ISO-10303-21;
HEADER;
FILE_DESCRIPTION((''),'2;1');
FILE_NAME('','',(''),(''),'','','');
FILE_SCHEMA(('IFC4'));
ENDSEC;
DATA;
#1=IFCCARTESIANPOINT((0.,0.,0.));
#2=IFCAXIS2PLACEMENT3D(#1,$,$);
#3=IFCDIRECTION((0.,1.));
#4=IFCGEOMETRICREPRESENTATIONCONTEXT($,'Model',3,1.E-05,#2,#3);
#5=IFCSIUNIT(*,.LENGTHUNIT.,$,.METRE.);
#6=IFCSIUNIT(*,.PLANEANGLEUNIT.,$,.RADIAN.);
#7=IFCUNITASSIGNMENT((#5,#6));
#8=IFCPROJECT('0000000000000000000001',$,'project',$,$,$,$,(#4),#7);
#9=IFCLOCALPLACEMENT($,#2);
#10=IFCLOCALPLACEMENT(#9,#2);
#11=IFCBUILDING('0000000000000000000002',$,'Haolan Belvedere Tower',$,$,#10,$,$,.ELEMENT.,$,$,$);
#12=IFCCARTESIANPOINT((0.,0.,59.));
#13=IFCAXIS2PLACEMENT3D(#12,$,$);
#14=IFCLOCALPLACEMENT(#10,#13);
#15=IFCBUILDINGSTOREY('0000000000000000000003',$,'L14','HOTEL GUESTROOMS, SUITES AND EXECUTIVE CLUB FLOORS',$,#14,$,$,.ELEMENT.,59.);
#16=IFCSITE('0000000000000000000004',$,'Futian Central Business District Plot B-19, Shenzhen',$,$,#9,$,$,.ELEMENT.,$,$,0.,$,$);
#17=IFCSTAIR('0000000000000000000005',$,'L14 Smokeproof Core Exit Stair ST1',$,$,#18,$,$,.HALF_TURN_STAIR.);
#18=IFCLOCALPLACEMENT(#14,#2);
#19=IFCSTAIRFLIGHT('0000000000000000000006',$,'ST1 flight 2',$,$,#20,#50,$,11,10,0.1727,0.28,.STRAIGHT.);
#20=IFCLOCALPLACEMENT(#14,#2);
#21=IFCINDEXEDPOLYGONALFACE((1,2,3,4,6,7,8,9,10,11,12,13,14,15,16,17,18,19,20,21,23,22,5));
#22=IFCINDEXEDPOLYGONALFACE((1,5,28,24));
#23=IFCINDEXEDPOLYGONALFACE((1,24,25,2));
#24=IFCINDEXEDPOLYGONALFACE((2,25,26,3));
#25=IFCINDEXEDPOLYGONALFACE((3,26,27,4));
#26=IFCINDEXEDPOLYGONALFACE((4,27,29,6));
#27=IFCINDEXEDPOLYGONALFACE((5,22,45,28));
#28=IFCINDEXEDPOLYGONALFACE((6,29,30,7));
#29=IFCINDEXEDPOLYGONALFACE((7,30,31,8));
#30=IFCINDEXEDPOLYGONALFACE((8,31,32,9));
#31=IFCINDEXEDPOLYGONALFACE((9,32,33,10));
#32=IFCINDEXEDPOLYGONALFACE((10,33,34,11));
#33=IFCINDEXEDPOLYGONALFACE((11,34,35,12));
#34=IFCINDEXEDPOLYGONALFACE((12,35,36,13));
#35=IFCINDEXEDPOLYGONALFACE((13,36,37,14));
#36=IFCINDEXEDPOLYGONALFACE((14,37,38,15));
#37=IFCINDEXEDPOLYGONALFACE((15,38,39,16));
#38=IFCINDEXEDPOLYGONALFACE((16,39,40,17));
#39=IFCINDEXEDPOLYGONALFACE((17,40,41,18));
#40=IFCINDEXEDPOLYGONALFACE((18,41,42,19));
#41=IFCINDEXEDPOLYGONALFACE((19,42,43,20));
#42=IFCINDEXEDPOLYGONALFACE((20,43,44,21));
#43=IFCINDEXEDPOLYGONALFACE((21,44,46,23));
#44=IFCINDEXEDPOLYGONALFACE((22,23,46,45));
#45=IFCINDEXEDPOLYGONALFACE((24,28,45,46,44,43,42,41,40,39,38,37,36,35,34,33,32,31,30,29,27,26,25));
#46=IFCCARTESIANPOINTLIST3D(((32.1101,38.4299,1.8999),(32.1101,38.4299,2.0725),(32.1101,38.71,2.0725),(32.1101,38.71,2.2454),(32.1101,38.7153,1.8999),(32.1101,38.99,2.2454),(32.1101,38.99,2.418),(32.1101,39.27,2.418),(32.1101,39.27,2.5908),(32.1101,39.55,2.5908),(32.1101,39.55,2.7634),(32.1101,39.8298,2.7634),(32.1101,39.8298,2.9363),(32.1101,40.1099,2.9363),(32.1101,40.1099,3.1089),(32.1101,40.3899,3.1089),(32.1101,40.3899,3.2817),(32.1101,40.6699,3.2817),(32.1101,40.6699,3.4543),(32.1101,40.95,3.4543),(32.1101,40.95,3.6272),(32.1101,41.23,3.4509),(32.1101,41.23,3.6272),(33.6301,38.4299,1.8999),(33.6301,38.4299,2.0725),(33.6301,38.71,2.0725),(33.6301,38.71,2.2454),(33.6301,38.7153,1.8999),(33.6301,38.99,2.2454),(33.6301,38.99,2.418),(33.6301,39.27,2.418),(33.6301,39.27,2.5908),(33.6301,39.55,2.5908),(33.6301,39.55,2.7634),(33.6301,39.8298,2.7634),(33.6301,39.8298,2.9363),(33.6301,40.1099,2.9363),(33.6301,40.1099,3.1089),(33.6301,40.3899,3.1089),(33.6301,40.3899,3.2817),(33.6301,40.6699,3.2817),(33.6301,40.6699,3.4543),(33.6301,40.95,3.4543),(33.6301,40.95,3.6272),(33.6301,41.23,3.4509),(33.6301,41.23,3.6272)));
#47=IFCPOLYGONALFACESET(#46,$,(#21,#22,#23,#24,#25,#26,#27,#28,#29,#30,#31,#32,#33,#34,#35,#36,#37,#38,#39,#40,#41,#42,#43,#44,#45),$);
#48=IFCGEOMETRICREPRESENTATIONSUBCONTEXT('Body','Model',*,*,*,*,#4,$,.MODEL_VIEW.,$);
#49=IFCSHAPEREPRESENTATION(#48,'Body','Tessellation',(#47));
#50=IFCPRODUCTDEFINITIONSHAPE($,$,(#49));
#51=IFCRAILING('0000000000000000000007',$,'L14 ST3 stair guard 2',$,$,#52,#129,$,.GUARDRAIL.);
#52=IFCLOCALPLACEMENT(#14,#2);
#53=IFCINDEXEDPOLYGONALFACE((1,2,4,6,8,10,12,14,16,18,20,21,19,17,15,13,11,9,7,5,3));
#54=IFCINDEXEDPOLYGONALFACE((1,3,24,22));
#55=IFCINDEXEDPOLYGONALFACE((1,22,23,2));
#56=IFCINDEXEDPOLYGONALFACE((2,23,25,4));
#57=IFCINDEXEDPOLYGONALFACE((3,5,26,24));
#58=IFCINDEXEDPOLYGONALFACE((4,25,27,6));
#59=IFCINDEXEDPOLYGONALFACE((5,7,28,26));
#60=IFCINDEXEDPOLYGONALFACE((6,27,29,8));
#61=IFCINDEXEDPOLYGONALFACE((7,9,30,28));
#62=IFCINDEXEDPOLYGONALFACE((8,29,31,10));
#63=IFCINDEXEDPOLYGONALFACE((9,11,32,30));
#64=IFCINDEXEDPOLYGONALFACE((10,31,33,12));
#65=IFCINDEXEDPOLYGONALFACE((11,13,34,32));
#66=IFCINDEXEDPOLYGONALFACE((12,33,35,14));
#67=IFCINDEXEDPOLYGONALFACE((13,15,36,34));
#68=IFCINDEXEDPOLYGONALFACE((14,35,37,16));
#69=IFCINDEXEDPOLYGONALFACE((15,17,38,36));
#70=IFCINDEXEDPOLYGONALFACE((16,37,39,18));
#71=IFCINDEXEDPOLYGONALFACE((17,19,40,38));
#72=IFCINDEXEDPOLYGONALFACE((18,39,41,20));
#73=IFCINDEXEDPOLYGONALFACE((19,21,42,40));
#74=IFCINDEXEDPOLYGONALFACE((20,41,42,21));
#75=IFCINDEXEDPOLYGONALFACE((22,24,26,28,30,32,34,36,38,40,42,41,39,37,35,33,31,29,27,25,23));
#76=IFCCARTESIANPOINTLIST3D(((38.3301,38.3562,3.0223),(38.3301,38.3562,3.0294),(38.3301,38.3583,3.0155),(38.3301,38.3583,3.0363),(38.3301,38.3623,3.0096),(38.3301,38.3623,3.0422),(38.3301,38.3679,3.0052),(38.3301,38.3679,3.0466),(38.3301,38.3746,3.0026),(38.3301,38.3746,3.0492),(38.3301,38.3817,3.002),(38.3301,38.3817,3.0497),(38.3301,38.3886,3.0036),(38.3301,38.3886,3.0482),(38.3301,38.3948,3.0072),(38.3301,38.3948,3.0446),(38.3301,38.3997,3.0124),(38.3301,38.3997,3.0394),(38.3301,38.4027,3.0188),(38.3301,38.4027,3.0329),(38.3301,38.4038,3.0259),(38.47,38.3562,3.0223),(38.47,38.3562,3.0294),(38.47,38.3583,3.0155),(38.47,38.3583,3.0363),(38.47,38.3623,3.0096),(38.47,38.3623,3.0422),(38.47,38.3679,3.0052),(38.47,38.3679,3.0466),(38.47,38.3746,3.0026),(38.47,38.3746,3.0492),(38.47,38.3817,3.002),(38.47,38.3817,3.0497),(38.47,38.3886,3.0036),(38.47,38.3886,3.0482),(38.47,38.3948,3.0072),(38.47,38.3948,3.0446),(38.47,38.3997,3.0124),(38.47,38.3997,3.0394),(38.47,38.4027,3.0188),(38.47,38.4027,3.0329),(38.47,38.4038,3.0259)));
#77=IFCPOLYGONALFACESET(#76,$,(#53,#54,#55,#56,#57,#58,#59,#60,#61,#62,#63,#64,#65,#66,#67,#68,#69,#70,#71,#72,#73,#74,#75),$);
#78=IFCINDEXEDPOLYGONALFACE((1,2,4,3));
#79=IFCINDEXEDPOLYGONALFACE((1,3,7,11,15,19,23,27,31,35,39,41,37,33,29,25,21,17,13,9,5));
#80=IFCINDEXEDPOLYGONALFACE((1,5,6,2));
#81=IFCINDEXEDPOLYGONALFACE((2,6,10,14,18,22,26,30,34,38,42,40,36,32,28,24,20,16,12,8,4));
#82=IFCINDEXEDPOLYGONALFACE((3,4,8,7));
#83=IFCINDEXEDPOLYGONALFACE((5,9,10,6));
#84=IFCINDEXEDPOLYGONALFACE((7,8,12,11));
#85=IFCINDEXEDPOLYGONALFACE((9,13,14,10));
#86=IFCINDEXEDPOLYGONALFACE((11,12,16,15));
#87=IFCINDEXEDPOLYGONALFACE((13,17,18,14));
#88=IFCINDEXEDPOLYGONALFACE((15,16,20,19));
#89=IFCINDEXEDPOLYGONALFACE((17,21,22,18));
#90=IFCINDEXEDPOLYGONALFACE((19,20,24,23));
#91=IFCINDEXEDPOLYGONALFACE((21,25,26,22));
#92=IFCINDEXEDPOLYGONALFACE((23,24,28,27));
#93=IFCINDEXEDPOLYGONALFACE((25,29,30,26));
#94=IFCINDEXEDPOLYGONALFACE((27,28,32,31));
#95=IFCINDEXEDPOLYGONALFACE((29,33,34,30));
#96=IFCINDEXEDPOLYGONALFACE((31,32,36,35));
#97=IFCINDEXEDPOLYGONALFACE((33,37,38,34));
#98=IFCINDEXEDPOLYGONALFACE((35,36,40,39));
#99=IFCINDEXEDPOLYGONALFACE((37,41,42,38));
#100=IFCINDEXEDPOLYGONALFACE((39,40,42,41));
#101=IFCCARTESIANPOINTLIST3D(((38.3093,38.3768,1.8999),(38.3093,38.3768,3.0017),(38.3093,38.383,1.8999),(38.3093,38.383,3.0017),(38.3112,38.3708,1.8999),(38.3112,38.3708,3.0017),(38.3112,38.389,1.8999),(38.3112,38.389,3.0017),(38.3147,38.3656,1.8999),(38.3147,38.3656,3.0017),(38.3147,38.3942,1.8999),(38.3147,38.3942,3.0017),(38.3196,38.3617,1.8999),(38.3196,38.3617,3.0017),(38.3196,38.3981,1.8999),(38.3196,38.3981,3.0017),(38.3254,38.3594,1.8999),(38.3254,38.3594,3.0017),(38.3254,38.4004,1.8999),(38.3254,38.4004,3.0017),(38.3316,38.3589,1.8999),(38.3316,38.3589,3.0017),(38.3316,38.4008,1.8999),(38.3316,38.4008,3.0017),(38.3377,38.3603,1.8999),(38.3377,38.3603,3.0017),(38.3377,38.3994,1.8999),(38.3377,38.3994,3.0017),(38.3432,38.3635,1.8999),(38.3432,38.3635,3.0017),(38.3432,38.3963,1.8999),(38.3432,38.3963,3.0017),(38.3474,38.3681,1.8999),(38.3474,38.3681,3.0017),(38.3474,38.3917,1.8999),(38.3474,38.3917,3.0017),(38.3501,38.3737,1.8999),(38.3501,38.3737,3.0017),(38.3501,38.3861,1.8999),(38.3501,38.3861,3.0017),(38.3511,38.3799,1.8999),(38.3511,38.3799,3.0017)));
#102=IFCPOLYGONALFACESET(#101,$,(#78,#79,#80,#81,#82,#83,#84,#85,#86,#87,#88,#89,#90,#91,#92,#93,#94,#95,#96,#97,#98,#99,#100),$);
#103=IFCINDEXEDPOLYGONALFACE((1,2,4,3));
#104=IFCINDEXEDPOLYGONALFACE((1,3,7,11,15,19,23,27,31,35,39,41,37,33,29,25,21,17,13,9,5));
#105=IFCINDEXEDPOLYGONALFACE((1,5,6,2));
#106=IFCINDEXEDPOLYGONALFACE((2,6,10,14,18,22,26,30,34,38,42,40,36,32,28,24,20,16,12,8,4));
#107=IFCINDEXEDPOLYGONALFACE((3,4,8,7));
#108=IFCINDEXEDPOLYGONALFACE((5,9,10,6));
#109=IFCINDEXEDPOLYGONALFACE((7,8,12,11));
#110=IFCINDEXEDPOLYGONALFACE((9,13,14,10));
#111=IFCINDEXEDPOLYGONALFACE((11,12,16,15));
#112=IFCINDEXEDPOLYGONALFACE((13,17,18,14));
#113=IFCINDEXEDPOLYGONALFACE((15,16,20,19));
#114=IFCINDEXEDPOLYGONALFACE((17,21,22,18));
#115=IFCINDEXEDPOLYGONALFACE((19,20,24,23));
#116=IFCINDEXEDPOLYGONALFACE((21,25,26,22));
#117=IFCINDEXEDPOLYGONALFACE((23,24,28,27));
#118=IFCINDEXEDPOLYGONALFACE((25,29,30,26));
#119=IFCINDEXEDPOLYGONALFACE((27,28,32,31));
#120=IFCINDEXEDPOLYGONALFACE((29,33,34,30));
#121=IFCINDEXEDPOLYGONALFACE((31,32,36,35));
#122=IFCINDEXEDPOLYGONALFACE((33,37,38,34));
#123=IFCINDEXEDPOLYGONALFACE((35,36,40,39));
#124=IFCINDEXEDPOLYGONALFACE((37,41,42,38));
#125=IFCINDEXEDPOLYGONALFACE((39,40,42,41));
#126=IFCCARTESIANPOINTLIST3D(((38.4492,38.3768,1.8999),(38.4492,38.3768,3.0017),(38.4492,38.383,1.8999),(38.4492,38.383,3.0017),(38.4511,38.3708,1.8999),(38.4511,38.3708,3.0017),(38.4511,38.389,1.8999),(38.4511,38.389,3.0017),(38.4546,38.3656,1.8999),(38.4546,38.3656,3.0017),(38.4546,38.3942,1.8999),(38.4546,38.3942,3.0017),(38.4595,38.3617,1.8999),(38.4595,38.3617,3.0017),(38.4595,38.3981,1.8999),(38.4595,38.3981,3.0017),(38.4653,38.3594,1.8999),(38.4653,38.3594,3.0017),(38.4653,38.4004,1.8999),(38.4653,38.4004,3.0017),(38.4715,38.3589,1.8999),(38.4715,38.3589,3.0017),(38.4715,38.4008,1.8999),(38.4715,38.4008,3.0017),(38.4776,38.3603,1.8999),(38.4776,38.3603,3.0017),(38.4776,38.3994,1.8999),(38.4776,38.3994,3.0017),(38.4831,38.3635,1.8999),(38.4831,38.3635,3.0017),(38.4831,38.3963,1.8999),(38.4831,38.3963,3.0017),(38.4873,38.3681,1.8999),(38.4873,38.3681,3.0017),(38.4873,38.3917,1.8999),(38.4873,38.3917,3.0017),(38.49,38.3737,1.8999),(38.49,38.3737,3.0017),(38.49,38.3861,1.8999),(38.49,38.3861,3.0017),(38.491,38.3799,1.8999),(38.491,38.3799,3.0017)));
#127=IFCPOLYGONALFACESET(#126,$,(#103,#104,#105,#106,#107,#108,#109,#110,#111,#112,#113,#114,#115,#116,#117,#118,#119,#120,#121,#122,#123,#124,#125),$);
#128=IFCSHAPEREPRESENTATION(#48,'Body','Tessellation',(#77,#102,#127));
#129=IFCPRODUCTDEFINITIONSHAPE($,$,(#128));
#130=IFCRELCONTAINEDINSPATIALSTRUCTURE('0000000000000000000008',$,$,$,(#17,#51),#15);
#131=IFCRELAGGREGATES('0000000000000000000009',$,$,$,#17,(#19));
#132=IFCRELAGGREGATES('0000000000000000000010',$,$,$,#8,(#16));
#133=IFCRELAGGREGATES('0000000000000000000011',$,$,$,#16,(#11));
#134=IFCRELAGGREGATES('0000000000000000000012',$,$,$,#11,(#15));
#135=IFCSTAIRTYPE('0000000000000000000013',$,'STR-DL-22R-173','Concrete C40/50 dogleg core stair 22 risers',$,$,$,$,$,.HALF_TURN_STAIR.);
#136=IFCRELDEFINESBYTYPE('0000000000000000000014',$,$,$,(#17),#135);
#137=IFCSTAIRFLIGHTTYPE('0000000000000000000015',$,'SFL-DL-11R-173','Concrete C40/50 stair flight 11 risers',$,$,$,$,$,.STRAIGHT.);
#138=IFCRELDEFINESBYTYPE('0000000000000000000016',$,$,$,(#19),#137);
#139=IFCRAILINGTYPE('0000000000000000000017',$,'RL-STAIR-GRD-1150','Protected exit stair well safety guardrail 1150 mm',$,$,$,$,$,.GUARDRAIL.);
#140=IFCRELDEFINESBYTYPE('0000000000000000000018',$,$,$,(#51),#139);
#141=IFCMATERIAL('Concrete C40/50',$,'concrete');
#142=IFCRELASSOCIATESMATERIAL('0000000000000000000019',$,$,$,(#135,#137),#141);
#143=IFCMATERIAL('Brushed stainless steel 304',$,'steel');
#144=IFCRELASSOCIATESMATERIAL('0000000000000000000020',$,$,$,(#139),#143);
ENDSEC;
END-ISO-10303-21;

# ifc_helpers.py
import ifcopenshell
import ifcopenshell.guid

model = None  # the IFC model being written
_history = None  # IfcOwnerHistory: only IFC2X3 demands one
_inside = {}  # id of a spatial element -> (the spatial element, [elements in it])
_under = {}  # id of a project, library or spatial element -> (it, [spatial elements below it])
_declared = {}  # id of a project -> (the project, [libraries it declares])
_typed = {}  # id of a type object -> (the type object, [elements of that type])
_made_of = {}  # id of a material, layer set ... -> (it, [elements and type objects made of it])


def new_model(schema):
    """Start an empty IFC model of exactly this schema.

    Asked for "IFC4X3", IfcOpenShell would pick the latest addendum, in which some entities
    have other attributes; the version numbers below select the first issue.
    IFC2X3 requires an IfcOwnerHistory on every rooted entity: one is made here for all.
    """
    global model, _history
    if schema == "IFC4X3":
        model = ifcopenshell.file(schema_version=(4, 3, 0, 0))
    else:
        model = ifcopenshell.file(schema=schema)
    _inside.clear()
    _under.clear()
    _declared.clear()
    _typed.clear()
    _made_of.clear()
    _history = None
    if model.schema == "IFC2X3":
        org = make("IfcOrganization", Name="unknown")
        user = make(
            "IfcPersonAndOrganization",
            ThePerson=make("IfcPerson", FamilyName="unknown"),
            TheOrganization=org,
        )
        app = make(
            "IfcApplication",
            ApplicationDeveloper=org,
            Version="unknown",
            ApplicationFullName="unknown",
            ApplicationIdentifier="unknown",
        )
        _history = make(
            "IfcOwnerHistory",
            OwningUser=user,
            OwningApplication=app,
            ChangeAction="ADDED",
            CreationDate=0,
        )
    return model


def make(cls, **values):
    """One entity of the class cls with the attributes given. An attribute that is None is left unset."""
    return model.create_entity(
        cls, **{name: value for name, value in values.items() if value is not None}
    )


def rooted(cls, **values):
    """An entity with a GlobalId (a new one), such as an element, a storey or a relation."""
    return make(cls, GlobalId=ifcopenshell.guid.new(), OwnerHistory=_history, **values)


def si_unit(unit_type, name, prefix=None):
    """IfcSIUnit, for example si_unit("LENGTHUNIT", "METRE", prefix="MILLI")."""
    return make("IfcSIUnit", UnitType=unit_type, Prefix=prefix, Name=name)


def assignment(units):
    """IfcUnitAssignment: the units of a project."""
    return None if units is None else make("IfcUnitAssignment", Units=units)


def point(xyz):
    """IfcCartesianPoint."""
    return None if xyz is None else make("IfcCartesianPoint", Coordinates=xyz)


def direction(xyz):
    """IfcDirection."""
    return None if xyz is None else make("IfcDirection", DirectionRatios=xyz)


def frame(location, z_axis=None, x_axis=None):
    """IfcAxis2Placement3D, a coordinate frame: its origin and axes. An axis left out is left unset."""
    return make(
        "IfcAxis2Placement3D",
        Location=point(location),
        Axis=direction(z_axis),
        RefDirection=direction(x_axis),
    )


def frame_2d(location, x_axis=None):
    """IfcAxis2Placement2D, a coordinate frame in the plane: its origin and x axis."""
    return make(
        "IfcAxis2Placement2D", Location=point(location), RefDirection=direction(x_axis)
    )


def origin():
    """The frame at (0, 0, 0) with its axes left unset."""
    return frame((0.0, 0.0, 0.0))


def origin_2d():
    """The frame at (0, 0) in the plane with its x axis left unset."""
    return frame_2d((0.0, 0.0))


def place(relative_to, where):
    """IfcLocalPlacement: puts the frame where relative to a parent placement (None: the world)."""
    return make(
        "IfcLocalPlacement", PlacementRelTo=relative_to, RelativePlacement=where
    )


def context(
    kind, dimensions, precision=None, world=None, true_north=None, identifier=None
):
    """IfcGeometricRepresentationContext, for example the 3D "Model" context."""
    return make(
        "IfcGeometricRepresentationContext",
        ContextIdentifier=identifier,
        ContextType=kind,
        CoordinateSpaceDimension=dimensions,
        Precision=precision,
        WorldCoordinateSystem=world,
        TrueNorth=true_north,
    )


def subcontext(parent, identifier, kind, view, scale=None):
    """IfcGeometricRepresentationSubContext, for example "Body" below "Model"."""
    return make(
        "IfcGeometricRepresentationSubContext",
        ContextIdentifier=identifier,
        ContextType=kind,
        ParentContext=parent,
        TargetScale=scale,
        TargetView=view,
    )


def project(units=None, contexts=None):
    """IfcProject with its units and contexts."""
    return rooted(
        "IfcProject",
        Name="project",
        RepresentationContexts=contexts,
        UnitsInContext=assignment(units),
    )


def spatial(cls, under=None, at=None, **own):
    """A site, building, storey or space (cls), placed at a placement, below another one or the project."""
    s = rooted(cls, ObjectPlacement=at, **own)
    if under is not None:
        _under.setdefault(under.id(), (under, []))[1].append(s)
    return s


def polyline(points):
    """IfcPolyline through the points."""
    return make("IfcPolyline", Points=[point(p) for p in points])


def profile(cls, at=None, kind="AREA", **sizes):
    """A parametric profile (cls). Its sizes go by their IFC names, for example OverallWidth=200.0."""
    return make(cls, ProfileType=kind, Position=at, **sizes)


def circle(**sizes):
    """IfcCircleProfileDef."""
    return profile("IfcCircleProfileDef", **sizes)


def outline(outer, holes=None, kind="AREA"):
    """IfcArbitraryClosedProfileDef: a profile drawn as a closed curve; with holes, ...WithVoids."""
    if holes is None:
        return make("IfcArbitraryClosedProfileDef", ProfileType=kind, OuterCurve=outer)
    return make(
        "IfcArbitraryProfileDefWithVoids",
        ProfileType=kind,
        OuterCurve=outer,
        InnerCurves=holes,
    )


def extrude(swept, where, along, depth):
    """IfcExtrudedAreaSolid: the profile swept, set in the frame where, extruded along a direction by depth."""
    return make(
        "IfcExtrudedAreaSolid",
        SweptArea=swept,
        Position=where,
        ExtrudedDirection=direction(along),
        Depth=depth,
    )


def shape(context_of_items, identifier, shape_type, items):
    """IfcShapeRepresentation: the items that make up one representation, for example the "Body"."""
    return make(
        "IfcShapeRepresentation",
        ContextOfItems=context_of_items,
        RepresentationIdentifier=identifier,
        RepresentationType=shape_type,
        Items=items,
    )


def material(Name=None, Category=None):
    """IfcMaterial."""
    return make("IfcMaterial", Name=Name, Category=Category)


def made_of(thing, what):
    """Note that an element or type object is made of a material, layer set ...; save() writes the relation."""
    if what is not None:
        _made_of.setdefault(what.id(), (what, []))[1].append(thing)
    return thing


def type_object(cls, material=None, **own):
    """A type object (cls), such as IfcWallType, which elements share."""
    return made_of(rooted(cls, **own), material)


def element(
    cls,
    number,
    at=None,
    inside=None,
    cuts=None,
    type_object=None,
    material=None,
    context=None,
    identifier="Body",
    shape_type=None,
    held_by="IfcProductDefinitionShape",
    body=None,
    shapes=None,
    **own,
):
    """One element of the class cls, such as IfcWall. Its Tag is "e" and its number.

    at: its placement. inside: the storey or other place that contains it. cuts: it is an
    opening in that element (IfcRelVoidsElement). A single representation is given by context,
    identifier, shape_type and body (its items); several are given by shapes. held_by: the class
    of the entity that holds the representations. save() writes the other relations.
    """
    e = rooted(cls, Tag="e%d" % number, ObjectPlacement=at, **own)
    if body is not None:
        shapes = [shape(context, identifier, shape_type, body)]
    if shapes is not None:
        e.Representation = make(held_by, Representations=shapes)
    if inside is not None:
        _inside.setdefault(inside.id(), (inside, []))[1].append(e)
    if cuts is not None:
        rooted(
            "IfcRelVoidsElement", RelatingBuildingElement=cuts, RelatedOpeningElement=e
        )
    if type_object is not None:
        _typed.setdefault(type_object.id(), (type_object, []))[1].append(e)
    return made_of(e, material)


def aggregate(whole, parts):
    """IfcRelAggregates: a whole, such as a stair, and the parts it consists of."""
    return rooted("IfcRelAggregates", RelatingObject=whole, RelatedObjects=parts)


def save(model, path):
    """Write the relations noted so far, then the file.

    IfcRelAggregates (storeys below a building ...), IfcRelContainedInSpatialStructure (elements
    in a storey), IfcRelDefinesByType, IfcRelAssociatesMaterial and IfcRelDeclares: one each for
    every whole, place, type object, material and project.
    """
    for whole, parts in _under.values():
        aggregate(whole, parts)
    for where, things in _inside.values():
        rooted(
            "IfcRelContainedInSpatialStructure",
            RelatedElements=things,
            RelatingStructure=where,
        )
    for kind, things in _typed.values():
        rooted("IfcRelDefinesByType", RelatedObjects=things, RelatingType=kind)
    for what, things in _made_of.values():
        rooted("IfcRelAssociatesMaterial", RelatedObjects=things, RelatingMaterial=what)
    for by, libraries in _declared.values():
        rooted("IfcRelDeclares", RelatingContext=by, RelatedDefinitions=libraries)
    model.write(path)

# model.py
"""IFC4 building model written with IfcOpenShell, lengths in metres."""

from ifc_helpers import new_model, si_unit, direction, frame, origin, origin_2d, place, context, subcontext, project, spatial, polyline, circle, outline, extrude, material, type_object, element, aggregate, save


model = new_model("IFC4")

# Units and contexts
model_context = context("Model", 3, precision=1e-05, world=origin(), true_north=direction((0.0, 1.0)))
body_context = subcontext(model_context, "Body", "Model", "MODEL_VIEW")
ifc_project = project(units=[si_unit("LENGTHUNIT", "METRE"), si_unit("PLANEANGLEUNIT", "RADIAN")], contexts=[model_context])

# Site, building, storey
site_placement = place(None, origin())
site = spatial("IfcSite", under=ifc_project, at=site_placement, Name="Futian Central Business District Plot B-19, Shenzhen", CompositionType="ELEMENT", RefElevation=0.0)
building_placement = place(site_placement, origin())
building = spatial("IfcBuilding", under=site, at=building_placement, Name="Haolan Belvedere Tower", CompositionType="ELEMENT")
storey_placement = place(building_placement, frame((0.0, 0.0, 59.0)))
storey = spatial("IfcBuildingStorey", under=building, at=storey_placement, Name="L14", Description="HOTEL GUESTROOMS, SUITES AND EXECUTIVE CLUB FLOORS", CompositionType="ELEMENT", Elevation=59.0)

# Stair, stair flight
ifc_material_1 = material(Name="Concrete C40/50", Category="concrete")
stair_type = type_object("IfcStairType", Name="STR-DL-22R-173", Description="Concrete C40/50 dogleg core stair 22 risers", PredefinedType="HALF_TURN_STAIR", material=ifc_material_1)
stair_placement = place(storey_placement, origin())
stair = element("IfcStair", 1, at=stair_placement, inside=storey, type_object=stair_type, Name="L14 Smokeproof Core Exit Stair ST1", PredefinedType="HALF_TURN_STAIR")
stair_flight_type = type_object("IfcStairFlightType", Name="SFL-DL-11R-173", Description="Concrete C40/50 stair flight 11 risers", PredefinedType="STRAIGHT", material=ifc_material_1)
stair_flight_placement = place(storey_placement, frame((32.8701, 38.4299, 1.8999), z_axis=(0.0, 0.0, 1.0), x_axis=(0.0, 1.0, 0.0)))
stair_flight = element("IfcStairFlight", 2, at=stair_flight_placement, type_object=stair_flight_type, Name="ST1 flight 2", NumberOfRisers=11, NumberOfTreads=10, PredefinedType="STRAIGHT", RiserHeight=0.1727, TreadLength=0.28, context=body_context, shape_type="SweptSolid", body=[
    extrude(outline(polyline([(0.0, 0.0), (0.0, 0.1726), (0.28, 0.1726), (0.28, 0.3455), (0.5601, 0.3455), (0.5601, 0.5181), (0.8401, 0.5181), (0.8401, 0.6909), (1.1201, 0.6909), (1.1201, 0.8635), (1.3999, 0.8635), (1.3999, 1.0364), (1.6799, 1.0364), (1.6799, 1.209), (1.96, 1.209), (1.96, 1.3818), (2.24, 1.3818), (2.24, 1.5544), (2.52, 1.5544), (2.52, 1.7273), (2.8, 1.7273), (2.8, 1.8999), (2.8, 1.551), (0.2854, 0.0), (0.0, 0.0)])), frame((0.0, 0.76, 0.0), z_axis=(0.0, -1.0, 0.0), x_axis=(1.0, 0.0, 0.0)), (0.0, 0.0, 1.0), 1.52),
])
aggregate(stair, [stair_flight])

# Railing
ifc_material_2 = material(Name="Brushed stainless steel 304", Category="steel")
railing_type_1 = type_object("IfcRailingType", Name="RL-STAIR-GRD-1150", Description="Protected exit stair well safety guardrail 1150 mm", PredefinedType="GUARDRAIL", material=ifc_material_2)
railing_1_placement = place(storey_placement, frame((38.3301, 38.3799, 1.8999)))
element("IfcRailing", 3, at=railing_1_placement, inside=storey, type_object=railing_type_1, Name="L14 ST3 stair guard 2", PredefinedType="GUARDRAIL", context=body_context, shape_type="SweptSolid", body=[
    extrude(circle(Radius=0.0239, at=origin_2d()), frame((0.0, 0.0, 1.126), z_axis=(1.0, 0.0, 0.0), x_axis=(0.0, 1.0, 0.0)), (0.0, 0.0, 1.0), 0.1399),
    extrude(circle(Radius=0.021, at=origin_2d()), origin(), (0.0, 0.0, 1.0), 1.1018),
    extrude(circle(Radius=0.021, at=origin_2d()), frame((0.1399, 0.0, 0.0)), (0.0, 0.0, 1.0), 1.1018),
])

save(model, "model.ifc")
